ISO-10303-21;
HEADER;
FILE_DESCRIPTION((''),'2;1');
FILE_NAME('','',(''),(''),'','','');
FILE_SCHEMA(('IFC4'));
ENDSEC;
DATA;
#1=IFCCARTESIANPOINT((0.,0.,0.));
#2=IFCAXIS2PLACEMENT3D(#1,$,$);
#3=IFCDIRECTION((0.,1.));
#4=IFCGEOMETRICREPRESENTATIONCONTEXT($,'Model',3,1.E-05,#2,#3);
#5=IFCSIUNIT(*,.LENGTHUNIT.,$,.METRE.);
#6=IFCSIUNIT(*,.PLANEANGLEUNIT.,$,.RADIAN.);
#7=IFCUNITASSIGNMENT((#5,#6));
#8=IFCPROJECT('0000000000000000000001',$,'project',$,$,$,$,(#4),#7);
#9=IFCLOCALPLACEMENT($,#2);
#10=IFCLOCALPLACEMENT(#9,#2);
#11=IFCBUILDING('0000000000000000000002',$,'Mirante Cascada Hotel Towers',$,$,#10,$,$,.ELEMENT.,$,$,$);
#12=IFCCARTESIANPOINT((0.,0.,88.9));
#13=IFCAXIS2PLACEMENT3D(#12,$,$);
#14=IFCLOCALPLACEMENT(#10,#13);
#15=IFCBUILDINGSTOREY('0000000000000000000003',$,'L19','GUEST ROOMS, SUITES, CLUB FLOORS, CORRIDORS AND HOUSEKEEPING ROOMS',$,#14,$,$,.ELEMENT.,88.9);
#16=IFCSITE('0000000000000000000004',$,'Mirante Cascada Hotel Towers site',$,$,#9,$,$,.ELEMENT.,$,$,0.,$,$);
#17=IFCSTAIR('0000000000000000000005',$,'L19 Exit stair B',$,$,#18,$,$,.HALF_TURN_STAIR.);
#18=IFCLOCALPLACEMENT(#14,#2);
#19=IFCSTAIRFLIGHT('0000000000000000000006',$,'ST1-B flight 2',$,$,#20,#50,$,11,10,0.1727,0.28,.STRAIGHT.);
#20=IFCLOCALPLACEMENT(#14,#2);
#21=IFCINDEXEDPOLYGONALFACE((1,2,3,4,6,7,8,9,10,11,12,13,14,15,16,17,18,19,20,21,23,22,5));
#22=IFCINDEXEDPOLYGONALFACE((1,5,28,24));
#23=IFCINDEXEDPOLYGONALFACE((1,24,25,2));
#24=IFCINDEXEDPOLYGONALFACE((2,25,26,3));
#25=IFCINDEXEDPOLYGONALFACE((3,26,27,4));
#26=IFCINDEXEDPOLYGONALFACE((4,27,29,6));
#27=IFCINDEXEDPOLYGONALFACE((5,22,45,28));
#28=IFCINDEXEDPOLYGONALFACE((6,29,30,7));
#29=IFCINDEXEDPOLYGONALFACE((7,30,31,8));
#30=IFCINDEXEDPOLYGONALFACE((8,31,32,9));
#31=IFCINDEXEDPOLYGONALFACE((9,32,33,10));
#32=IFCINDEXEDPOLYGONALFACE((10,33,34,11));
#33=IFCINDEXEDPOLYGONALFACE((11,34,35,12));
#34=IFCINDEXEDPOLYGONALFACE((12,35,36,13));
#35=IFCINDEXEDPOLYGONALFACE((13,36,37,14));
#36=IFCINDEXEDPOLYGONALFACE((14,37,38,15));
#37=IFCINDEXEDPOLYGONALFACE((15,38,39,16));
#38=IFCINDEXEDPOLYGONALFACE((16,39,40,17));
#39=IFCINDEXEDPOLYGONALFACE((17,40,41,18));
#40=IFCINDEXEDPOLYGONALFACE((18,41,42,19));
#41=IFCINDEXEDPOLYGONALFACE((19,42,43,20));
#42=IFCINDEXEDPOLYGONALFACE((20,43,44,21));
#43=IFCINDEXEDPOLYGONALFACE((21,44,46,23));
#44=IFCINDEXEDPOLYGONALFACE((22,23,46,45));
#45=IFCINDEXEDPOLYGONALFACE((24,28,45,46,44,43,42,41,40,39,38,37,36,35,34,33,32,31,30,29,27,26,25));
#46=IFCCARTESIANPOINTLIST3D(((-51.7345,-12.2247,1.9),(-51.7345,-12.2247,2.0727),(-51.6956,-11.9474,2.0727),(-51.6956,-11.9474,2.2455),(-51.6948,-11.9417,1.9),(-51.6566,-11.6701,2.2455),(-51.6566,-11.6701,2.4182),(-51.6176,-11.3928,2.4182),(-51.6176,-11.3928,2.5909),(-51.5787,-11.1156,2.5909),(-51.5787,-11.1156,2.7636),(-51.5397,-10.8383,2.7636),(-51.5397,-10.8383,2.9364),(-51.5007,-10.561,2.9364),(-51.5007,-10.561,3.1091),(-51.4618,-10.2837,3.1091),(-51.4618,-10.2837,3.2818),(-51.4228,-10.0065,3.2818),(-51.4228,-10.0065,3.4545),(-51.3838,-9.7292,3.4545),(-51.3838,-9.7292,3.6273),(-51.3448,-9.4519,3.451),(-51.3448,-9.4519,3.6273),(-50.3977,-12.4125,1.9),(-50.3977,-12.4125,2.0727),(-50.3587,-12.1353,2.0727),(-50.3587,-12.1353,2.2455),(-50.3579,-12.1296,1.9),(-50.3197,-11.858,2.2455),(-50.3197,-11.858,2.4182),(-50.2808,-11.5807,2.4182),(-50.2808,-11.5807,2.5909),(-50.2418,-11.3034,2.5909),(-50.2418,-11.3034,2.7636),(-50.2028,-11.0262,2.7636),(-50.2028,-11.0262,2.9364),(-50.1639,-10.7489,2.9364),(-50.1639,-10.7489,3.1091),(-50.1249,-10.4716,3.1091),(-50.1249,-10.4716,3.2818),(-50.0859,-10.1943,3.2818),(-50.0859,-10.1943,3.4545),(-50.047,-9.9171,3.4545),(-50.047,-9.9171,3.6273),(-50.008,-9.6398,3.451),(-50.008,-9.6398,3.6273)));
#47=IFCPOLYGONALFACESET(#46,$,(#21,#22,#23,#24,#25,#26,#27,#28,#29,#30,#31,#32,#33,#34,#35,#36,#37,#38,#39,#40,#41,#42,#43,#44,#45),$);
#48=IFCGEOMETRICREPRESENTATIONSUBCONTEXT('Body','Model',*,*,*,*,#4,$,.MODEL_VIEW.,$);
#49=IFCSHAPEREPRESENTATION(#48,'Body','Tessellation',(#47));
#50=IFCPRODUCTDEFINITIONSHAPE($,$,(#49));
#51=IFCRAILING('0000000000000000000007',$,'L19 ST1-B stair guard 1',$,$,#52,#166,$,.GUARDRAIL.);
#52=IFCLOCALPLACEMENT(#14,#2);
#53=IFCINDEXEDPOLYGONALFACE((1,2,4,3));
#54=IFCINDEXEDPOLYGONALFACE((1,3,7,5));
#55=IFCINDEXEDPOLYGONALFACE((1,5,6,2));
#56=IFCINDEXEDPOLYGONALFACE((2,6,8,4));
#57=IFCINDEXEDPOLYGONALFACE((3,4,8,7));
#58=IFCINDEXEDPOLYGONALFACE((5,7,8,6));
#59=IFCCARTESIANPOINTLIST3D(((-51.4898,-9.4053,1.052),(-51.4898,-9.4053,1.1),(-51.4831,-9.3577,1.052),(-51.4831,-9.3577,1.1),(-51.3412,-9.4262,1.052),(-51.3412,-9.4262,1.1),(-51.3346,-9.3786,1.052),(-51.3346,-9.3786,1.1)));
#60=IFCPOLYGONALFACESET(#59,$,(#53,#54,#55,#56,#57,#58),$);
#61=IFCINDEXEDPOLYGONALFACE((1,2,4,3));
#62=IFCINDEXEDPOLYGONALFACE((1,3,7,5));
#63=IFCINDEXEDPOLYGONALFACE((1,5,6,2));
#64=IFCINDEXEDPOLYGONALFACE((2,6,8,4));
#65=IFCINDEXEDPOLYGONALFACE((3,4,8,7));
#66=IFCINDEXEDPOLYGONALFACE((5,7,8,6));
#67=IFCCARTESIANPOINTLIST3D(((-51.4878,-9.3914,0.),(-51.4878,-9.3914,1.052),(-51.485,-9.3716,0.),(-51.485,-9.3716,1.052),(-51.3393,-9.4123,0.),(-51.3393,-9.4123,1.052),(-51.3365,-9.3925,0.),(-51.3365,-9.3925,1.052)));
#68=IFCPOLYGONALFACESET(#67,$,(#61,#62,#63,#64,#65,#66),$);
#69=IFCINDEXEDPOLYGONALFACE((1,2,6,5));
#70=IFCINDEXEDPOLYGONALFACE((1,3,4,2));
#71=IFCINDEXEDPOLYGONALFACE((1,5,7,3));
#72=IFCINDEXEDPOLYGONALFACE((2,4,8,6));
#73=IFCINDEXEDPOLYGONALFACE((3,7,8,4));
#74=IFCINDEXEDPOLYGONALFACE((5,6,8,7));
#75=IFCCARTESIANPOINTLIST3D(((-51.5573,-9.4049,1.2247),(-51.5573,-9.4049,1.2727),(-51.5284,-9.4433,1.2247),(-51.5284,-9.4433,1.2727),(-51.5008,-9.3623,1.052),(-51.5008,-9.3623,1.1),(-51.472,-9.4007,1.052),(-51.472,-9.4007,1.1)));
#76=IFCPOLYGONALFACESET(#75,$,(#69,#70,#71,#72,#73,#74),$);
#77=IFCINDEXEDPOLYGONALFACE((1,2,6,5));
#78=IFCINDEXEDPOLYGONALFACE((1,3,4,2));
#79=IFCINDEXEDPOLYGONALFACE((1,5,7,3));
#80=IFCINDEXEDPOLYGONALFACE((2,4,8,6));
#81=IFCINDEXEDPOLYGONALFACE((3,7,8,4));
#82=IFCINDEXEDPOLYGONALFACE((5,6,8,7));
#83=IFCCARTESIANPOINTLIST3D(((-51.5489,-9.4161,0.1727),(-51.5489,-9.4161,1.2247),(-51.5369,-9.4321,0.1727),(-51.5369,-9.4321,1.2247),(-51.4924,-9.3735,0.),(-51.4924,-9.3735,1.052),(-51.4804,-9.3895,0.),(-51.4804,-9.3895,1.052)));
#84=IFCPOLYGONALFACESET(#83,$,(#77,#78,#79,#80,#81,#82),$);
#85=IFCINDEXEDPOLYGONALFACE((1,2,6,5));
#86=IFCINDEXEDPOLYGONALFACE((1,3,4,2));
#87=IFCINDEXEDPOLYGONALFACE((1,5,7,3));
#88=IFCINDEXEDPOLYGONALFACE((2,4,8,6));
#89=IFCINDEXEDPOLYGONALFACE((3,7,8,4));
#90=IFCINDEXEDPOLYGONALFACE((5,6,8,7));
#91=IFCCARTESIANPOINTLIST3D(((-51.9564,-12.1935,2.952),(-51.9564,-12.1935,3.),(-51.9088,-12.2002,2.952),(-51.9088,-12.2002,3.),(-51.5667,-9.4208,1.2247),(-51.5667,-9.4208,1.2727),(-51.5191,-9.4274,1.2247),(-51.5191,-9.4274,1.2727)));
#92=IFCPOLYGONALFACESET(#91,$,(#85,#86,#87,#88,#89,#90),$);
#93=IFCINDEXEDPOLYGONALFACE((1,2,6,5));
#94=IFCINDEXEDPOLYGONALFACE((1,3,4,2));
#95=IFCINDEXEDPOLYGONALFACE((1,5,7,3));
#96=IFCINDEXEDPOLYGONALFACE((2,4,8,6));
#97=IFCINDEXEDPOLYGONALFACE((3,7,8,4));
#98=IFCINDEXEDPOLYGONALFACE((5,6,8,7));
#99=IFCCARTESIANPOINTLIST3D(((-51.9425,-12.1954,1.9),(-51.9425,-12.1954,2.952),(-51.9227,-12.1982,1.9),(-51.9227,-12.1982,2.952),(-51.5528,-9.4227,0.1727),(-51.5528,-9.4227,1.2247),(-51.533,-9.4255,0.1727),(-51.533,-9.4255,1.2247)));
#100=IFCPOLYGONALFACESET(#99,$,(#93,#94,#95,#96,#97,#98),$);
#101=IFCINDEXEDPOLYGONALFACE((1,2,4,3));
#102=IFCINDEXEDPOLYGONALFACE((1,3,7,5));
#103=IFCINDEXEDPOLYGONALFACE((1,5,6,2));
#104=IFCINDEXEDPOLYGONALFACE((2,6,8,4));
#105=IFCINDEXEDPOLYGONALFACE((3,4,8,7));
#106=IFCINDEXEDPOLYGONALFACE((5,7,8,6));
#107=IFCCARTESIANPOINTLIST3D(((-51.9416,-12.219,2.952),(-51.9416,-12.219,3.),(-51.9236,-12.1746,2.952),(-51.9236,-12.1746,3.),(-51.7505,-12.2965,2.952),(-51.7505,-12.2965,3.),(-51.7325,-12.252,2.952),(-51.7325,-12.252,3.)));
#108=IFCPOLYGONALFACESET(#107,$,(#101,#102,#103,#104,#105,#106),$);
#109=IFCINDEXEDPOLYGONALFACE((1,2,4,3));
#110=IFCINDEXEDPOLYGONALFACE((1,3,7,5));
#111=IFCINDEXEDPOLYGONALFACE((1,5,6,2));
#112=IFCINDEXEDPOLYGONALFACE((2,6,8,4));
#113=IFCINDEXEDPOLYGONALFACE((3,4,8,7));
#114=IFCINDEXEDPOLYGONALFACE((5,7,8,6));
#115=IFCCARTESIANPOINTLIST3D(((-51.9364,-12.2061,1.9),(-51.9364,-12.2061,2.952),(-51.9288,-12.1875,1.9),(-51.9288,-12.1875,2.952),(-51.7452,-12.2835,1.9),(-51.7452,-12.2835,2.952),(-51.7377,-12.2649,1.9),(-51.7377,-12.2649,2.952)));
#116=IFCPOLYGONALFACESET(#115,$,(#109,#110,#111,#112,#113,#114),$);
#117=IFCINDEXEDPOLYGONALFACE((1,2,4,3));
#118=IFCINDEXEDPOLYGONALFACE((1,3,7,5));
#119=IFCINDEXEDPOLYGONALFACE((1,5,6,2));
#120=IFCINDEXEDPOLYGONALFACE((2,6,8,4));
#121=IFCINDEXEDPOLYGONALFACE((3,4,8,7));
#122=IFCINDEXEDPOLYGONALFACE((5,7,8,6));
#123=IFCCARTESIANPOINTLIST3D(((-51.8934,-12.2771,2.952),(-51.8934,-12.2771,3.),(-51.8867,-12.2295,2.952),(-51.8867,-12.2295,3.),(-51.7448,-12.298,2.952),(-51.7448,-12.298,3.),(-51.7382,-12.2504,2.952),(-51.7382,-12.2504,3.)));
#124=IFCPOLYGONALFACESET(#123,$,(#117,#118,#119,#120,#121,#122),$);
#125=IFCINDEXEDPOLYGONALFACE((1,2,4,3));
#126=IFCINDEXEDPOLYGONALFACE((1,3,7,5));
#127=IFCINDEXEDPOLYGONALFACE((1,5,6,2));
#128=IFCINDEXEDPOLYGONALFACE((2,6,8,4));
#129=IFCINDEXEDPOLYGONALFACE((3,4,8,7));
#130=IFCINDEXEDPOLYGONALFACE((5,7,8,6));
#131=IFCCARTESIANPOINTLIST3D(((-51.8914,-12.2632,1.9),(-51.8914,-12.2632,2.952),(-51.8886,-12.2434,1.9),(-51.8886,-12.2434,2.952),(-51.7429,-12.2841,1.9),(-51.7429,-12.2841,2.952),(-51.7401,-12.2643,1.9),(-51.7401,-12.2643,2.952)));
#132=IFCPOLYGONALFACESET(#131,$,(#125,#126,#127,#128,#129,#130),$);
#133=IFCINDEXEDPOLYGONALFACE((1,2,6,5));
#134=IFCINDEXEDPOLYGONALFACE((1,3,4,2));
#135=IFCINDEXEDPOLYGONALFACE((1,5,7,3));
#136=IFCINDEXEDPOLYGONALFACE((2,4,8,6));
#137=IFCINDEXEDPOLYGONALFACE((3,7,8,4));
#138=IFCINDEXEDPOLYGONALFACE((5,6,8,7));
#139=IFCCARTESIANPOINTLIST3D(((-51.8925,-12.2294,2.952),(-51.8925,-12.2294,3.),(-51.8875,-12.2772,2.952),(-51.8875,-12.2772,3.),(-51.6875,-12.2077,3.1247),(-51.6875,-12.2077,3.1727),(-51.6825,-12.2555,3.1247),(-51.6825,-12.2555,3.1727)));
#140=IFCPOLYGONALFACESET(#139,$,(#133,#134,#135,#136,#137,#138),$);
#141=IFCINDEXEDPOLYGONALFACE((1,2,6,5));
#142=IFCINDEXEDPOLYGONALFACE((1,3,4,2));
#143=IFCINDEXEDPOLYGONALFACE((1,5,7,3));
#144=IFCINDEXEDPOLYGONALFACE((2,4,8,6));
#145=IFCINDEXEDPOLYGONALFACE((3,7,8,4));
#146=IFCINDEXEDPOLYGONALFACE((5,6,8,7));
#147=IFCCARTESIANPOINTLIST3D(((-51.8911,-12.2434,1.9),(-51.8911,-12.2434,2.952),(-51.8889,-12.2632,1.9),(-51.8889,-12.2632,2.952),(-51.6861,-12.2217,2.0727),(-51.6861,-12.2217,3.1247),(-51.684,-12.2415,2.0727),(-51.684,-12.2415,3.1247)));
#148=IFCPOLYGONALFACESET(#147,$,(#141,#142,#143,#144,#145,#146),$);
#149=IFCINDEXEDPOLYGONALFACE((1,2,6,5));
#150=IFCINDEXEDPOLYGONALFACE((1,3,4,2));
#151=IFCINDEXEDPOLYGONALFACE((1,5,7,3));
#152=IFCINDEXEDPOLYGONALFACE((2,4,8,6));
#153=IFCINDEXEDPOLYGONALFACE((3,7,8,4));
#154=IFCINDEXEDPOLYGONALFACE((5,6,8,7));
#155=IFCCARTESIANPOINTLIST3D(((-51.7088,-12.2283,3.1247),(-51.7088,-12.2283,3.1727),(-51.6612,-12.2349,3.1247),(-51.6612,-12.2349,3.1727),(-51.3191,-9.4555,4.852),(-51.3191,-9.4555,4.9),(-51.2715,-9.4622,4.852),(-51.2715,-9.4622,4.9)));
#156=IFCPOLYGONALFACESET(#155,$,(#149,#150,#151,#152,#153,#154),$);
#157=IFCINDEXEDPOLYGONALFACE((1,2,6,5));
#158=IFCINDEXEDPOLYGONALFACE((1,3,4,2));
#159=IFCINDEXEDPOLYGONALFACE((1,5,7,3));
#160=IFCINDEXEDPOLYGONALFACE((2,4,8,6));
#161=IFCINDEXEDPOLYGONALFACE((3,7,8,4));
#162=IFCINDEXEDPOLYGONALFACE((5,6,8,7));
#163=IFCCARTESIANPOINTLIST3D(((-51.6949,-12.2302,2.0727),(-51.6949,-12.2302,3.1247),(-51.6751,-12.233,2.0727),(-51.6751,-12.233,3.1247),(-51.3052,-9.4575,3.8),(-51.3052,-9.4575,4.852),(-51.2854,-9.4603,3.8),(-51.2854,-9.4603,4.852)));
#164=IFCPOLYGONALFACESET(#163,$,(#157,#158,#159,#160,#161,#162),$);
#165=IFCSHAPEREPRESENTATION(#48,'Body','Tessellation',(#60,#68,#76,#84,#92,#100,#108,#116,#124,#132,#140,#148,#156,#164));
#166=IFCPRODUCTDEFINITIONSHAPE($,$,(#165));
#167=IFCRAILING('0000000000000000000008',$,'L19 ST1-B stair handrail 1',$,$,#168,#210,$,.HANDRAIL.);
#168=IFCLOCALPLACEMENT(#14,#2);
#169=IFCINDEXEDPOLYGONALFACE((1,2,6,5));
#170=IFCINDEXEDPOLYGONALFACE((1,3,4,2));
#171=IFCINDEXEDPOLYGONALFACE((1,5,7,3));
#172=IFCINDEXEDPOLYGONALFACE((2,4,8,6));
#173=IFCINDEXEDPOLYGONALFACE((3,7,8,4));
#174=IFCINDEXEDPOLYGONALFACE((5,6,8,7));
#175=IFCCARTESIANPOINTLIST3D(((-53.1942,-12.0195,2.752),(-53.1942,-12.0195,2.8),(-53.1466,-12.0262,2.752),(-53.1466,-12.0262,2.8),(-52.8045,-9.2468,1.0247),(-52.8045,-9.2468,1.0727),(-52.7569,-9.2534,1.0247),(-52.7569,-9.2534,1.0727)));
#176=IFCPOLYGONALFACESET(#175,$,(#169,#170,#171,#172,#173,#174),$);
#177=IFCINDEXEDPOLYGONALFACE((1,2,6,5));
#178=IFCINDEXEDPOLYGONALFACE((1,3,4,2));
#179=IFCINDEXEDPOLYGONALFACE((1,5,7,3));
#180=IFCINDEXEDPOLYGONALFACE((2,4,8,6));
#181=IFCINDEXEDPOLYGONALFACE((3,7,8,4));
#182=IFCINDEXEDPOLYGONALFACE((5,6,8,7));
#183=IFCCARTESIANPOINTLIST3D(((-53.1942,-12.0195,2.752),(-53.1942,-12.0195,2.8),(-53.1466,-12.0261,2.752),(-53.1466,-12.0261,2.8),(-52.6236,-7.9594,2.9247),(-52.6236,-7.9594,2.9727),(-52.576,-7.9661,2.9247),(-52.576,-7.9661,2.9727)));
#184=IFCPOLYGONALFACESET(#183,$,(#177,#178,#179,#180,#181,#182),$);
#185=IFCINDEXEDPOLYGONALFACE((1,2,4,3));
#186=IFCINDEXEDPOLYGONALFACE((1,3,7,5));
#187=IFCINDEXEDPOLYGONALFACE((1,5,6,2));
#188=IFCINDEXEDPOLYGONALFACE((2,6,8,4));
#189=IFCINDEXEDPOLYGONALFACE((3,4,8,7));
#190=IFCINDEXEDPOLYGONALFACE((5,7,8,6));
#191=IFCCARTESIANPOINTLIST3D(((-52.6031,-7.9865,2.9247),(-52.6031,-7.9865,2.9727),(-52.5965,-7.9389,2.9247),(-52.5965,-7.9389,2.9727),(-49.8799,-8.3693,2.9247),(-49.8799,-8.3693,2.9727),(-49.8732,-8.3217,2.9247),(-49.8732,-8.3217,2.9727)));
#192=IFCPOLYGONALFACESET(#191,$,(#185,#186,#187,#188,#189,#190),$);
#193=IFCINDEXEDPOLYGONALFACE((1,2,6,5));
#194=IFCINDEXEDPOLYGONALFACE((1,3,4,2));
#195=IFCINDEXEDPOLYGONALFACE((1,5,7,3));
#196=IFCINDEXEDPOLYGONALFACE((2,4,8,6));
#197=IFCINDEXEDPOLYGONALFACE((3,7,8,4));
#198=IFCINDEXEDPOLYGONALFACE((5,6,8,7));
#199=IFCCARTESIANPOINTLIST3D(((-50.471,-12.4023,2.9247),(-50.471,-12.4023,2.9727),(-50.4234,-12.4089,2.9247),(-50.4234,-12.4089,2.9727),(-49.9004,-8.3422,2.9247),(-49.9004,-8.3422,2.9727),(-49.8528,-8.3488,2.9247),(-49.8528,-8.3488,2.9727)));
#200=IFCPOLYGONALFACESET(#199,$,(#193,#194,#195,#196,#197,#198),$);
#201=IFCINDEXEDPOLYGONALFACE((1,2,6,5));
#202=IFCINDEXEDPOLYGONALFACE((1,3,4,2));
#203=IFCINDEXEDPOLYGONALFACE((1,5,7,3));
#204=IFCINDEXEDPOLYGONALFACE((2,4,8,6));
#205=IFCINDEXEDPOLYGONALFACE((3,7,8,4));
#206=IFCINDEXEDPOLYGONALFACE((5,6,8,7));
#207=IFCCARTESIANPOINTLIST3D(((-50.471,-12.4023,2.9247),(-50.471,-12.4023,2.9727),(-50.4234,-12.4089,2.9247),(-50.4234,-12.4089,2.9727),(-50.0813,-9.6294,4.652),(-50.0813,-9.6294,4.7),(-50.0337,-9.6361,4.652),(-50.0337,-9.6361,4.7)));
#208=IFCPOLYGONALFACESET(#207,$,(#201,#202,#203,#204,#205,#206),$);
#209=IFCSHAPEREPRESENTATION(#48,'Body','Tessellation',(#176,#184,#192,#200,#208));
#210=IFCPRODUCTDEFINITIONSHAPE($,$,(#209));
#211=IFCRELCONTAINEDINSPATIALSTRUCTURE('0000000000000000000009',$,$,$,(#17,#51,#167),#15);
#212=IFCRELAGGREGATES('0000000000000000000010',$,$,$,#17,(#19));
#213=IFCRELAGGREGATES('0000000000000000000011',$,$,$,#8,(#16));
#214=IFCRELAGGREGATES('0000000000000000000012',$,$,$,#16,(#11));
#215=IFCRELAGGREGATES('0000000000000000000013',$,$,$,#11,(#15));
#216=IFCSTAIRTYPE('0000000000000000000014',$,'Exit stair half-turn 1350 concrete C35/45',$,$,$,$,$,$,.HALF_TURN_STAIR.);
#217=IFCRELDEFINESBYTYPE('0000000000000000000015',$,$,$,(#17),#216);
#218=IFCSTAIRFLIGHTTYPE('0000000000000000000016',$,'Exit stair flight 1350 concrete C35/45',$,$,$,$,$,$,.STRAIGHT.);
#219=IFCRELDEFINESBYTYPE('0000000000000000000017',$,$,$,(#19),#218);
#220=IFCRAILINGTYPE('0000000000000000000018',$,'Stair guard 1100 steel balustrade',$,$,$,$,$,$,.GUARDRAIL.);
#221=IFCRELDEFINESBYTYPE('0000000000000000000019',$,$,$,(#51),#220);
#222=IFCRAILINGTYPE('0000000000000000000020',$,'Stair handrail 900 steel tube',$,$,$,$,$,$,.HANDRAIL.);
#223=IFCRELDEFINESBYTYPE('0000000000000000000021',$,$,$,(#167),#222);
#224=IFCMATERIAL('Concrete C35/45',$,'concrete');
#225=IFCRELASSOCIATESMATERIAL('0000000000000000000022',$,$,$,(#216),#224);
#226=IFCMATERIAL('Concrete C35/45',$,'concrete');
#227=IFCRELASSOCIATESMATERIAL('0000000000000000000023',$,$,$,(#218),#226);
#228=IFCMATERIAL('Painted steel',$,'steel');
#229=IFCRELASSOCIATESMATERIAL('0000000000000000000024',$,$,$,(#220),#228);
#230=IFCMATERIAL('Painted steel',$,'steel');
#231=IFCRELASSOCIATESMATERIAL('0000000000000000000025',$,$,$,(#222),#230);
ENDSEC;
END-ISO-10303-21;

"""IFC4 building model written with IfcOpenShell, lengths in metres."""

from ifc_helpers import new_model, si_unit, direction, frame, origin, origin_2d, place, context, subcontext, project, spatial, polyline, rectangle, outline, extrude, material, type_object, element, aggregate, save


model = new_model("IFC4")

# Units and contexts
model_context = context("Model", 3, precision=1e-05, world=origin(), true_north=direction((0.0, 1.0)))
body_context = subcontext(model_context, "Body", "Model", "MODEL_VIEW")
ifc_project = project(units=[si_unit("LENGTHUNIT", "METRE"), si_unit("PLANEANGLEUNIT", "RADIAN")], contexts=[model_context])

# Site, building, storey
site_placement = place(None, origin())
site = spatial("IfcSite", under=ifc_project, at=site_placement, Name="Mirante Cascada Hotel Towers site", CompositionType="ELEMENT", RefElevation=0.0)
building_placement = place(site_placement, origin())
building = spatial("IfcBuilding", under=site, at=building_placement, Name="Mirante Cascada Hotel Towers", CompositionType="ELEMENT")
storey_placement = place(building_placement, frame((0.0, 0.0, 88.9)))
storey = spatial("IfcBuildingStorey", under=building, at=storey_placement, Name="L19", Description="GUEST ROOMS, SUITES, CLUB FLOORS, CORRIDORS AND HOUSEKEEPING ROOMS", CompositionType="ELEMENT", Elevation=88.9)

# Stair, stair flight
ifc_material_1 = material(Name="Concrete C35/45", Category="concrete")
stair_type = type_object("IfcStairType", Name="Exit stair half-turn 1350 concrete C35/45", PredefinedType="HALF_TURN_STAIR", material=ifc_material_1)
stair_placement = place(storey_placement, origin())
stair = element("IfcStair", 1, at=stair_placement, inside=storey, type_object=stair_type, Name="L19 Exit stair B", PredefinedType="HALF_TURN_STAIR")
ifc_material_2 = material(Name="Concrete C35/45", Category="concrete")
stair_flight_type = type_object("IfcStairFlightType", Name="Exit stair flight 1350 concrete C35/45", PredefinedType="STRAIGHT", material=ifc_material_2)
stair_flight_1_placement = place(storey_placement, frame((-51.0661, -12.3186, 1.9), z_axis=(0.0, 0.0, 1.0), x_axis=(0.139173, 0.990268, 0.0)))
stair_flight_1 = element("IfcStairFlight", 2, at=stair_flight_1_placement, type_object=stair_flight_type, Name="ST1-B flight 2", NumberOfRisers=11, NumberOfTreads=10, PredefinedType="STRAIGHT", RiserHeight=0.1727, TreadLength=0.28, context=body_context, shape_type="SweptSolid", body=[
    extrude(outline(polyline([(0.0, 0.0), (0.0, 0.1727), (0.28, 0.1727), (0.28, 0.3455), (0.56, 0.3455), (0.56, 0.5182), (0.84, 0.5182), (0.84, 0.6909), (1.12, 0.6909), (1.12, 0.8636), (1.4, 0.8636), (1.4, 1.0364), (1.68, 1.0364), (1.68, 1.2091), (1.96, 1.2091), (1.96, 1.3818), (2.24, 1.3818), (2.24, 1.5545), (2.52, 1.5545), (2.52, 1.7273), (2.8, 1.7273), (2.8, 1.9), (2.8, 1.551), (0.2857, 0.0), (0.0, 0.0)])), frame((0.0, 0.675, 0.0), z_axis=(0.0, -1.0, 0.0), x_axis=(1.0, 0.0, 0.0)), (0.0, 0.0, 1.0), 1.35),
])
aggregate(stair, [stair_flight_1])

# Railings
ifc_material_3 = material(Name="Painted steel", Category="steel")
railing_type_1 = type_object("IfcRailingType", Name="Stair guard 1100 steel balustrade", PredefinedType="GUARDRAIL", material=ifc_material_3)
railing_1_placement = place(storey_placement, frame((-51.3379, -9.4024, 0.0)))
element("IfcRailing", 3, at=railing_1_placement, inside=storey, type_object=railing_type_1, Name="L19 ST1-B stair guard 1", PredefinedType="GUARDRAIL", context=body_context, shape_type="SweptSolid", body=[
    extrude(rectangle(XDim=0.048, YDim=0.048, at=origin_2d()), frame((0.0, 0.0, 1.076), z_axis=(-0.990241, 0.139367, 0.0), x_axis=(-0.139367, -0.990241, 0.0)), (0.0, 0.0, 1.0), 0.15),
    extrude(rectangle(XDim=0.02, YDim=1.052, at=origin_2d()), frame((0.0, 0.0, 0.526), z_axis=(-0.990241, 0.139367, 0.0), x_axis=(-0.139367, -0.990241, 0.0)), (0.0, 0.0, 1.0), 0.15),
    extrude(rectangle(XDim=0.048, YDim=0.048, at=origin_2d()), frame((-0.1485, 0.0209, 1.076), z_axis=(-0.798471, -0.602033, 0.0), x_axis=(0.602033, -0.798471, 0.0)), (0.0, 0.92534, 0.379139), 0.1866),
    extrude(rectangle(XDim=0.02, YDim=1.052, at=origin_2d()), frame((-0.1485, 0.0209, 0.526), z_axis=(-0.798471, -0.602033, 0.0), x_axis=(0.602033, -0.798471, 0.0)), (0.0, 0.92534, 0.379139), 0.1866),
    extrude(rectangle(XDim=0.048, YDim=0.048, at=origin_2d()), frame((-0.205, -0.0217, 1.2487), z_axis=(-0.139181, -0.990267, 0.0), x_axis=(0.990267, -0.139181, 0.0)), (0.0, 0.525035, 0.851081), 3.2899),
    extrude(rectangle(XDim=0.02, YDim=1.052, at=origin_2d()), frame((-0.205, -0.0217, 0.6987), z_axis=(-0.139181, -0.990267, 0.0), x_axis=(0.990267, -0.139181, 0.0)), (0.0, 0.525035, 0.851081), 3.2899),
    extrude(rectangle(XDim=0.048, YDim=0.048, at=origin_2d()), frame((-0.5947, -2.7944, 2.976), z_axis=(0.926862, -0.375401, 0.0), x_axis=(0.375401, 0.926862, 0.0)), (0.0, 0.0, 1.0), 0.2062),
    extrude(rectangle(XDim=0.02, YDim=1.052, at=origin_2d()), frame((-0.5947, -2.7944, 2.426), z_axis=(0.926862, -0.375401, 0.0), x_axis=(0.375401, 0.926862, 0.0)), (0.0, 0.0, 1.0), 0.2062),
    extrude(rectangle(XDim=0.048, YDim=0.048, at=origin_2d()), frame((-0.4036, -2.8718, 2.976), z_axis=(-0.990241, 0.139367, 0.0), x_axis=(-0.139367, -0.990241, 0.0)), (0.0, 0.0, 1.0), 0.15),
    extrude(rectangle(XDim=0.02, YDim=1.052, at=origin_2d()), frame((-0.4036, -2.8718, 2.426), z_axis=(-0.990241, 0.139367, 0.0), x_axis=(-0.139367, -0.990241, 0.0)), (0.0, 0.0, 1.0), 0.15),
    extrude(rectangle(XDim=0.048, YDim=0.048, at=origin_2d()), frame((-0.5521, -2.8509, 2.976), z_axis=(0.994444, 0.105266, 0.0), x_axis=(-0.105266, 0.994444, 0.0)), (0.0, 0.642184, 0.76655), 0.2689),
    extrude(rectangle(XDim=0.02, YDim=1.052, at=origin_2d()), frame((-0.5521, -2.8509, 2.426), z_axis=(0.994444, 0.105266, 0.0), x_axis=(-0.105266, 0.994444, 0.0)), (0.0, 0.642184, 0.76655), 0.2689),
    extrude(rectangle(XDim=0.048, YDim=0.048, at=origin_2d()), frame((-0.3471, -2.8292, 3.1487), z_axis=(0.139181, 0.990267, 0.0), x_axis=(-0.990267, 0.139181, 0.0)), (0.0, 0.525035, 0.851081), 3.2899),
    extrude(rectangle(XDim=0.02, YDim=1.052, at=origin_2d()), frame((-0.3471, -2.8292, 2.5987), z_axis=(0.139181, 0.990267, 0.0), x_axis=(-0.990267, 0.139181, 0.0)), (0.0, 0.525035, 0.851081), 3.2899),
])
ifc_material_4 = material(Name="Painted steel", Category="steel")
railing_type_2 = type_object("IfcRailingType", Name="Stair handrail 900 steel tube", PredefinedType="HANDRAIL", material=ifc_material_4)
railing_2_placement = place(storey_placement, frame((-52.7807, -9.2501, 0.1727)))
element("IfcRailing", 4, at=railing_2_placement, inside=storey, type_object=railing_type_2, Name="L19 ST1-B stair handrail 1", PredefinedType="HANDRAIL", context=body_context, shape_type="SweptSolid", body=[
    extrude(rectangle(XDim=0.048, YDim=0.048, at=origin_2d()), frame((0.0, 0.0, 0.876), z_axis=(-0.139181, -0.990267, 0.0), x_axis=(0.990267, -0.139181, 0.0)), (0.0, 0.525035, 0.851081), 3.2899),
    extrude(rectangle(XDim=0.048, YDim=0.048, at=origin_2d()), frame((-0.3897, -2.7727, 2.6033), z_axis=(0.139171, 0.990268, 0.0), x_axis=(-0.990268, 0.139171, 0.0)), (0.0, 0.042085, 0.999114), 4.1036),
    extrude(rectangle(XDim=0.048, YDim=0.048, at=origin_2d()), frame((0.1809, 1.2874, 2.776), z_axis=(0.990264, -0.139201, 0.0), x_axis=(0.139201, 0.990264, 0.0)), (0.0, 0.0, 1.0), 2.75),
    extrude(rectangle(XDim=0.048, YDim=0.048, at=origin_2d()), frame((2.9041, 0.9046, 2.776), z_axis=(-0.139171, -0.990268, 0.0), x_axis=(0.990268, -0.139171, 0.0)), (0.0, 0.0, 1.0), 4.1),
    extrude(rectangle(XDim=0.048, YDim=0.048, at=origin_2d()), frame((2.3335, -3.1555, 2.776), z_axis=(0.139176, 0.990268, 0.0), x_axis=(-0.990268, 0.139176, 0.0)), (0.0, 0.525021, 0.851089), 3.29),
])

save(model, "model.ifc")
